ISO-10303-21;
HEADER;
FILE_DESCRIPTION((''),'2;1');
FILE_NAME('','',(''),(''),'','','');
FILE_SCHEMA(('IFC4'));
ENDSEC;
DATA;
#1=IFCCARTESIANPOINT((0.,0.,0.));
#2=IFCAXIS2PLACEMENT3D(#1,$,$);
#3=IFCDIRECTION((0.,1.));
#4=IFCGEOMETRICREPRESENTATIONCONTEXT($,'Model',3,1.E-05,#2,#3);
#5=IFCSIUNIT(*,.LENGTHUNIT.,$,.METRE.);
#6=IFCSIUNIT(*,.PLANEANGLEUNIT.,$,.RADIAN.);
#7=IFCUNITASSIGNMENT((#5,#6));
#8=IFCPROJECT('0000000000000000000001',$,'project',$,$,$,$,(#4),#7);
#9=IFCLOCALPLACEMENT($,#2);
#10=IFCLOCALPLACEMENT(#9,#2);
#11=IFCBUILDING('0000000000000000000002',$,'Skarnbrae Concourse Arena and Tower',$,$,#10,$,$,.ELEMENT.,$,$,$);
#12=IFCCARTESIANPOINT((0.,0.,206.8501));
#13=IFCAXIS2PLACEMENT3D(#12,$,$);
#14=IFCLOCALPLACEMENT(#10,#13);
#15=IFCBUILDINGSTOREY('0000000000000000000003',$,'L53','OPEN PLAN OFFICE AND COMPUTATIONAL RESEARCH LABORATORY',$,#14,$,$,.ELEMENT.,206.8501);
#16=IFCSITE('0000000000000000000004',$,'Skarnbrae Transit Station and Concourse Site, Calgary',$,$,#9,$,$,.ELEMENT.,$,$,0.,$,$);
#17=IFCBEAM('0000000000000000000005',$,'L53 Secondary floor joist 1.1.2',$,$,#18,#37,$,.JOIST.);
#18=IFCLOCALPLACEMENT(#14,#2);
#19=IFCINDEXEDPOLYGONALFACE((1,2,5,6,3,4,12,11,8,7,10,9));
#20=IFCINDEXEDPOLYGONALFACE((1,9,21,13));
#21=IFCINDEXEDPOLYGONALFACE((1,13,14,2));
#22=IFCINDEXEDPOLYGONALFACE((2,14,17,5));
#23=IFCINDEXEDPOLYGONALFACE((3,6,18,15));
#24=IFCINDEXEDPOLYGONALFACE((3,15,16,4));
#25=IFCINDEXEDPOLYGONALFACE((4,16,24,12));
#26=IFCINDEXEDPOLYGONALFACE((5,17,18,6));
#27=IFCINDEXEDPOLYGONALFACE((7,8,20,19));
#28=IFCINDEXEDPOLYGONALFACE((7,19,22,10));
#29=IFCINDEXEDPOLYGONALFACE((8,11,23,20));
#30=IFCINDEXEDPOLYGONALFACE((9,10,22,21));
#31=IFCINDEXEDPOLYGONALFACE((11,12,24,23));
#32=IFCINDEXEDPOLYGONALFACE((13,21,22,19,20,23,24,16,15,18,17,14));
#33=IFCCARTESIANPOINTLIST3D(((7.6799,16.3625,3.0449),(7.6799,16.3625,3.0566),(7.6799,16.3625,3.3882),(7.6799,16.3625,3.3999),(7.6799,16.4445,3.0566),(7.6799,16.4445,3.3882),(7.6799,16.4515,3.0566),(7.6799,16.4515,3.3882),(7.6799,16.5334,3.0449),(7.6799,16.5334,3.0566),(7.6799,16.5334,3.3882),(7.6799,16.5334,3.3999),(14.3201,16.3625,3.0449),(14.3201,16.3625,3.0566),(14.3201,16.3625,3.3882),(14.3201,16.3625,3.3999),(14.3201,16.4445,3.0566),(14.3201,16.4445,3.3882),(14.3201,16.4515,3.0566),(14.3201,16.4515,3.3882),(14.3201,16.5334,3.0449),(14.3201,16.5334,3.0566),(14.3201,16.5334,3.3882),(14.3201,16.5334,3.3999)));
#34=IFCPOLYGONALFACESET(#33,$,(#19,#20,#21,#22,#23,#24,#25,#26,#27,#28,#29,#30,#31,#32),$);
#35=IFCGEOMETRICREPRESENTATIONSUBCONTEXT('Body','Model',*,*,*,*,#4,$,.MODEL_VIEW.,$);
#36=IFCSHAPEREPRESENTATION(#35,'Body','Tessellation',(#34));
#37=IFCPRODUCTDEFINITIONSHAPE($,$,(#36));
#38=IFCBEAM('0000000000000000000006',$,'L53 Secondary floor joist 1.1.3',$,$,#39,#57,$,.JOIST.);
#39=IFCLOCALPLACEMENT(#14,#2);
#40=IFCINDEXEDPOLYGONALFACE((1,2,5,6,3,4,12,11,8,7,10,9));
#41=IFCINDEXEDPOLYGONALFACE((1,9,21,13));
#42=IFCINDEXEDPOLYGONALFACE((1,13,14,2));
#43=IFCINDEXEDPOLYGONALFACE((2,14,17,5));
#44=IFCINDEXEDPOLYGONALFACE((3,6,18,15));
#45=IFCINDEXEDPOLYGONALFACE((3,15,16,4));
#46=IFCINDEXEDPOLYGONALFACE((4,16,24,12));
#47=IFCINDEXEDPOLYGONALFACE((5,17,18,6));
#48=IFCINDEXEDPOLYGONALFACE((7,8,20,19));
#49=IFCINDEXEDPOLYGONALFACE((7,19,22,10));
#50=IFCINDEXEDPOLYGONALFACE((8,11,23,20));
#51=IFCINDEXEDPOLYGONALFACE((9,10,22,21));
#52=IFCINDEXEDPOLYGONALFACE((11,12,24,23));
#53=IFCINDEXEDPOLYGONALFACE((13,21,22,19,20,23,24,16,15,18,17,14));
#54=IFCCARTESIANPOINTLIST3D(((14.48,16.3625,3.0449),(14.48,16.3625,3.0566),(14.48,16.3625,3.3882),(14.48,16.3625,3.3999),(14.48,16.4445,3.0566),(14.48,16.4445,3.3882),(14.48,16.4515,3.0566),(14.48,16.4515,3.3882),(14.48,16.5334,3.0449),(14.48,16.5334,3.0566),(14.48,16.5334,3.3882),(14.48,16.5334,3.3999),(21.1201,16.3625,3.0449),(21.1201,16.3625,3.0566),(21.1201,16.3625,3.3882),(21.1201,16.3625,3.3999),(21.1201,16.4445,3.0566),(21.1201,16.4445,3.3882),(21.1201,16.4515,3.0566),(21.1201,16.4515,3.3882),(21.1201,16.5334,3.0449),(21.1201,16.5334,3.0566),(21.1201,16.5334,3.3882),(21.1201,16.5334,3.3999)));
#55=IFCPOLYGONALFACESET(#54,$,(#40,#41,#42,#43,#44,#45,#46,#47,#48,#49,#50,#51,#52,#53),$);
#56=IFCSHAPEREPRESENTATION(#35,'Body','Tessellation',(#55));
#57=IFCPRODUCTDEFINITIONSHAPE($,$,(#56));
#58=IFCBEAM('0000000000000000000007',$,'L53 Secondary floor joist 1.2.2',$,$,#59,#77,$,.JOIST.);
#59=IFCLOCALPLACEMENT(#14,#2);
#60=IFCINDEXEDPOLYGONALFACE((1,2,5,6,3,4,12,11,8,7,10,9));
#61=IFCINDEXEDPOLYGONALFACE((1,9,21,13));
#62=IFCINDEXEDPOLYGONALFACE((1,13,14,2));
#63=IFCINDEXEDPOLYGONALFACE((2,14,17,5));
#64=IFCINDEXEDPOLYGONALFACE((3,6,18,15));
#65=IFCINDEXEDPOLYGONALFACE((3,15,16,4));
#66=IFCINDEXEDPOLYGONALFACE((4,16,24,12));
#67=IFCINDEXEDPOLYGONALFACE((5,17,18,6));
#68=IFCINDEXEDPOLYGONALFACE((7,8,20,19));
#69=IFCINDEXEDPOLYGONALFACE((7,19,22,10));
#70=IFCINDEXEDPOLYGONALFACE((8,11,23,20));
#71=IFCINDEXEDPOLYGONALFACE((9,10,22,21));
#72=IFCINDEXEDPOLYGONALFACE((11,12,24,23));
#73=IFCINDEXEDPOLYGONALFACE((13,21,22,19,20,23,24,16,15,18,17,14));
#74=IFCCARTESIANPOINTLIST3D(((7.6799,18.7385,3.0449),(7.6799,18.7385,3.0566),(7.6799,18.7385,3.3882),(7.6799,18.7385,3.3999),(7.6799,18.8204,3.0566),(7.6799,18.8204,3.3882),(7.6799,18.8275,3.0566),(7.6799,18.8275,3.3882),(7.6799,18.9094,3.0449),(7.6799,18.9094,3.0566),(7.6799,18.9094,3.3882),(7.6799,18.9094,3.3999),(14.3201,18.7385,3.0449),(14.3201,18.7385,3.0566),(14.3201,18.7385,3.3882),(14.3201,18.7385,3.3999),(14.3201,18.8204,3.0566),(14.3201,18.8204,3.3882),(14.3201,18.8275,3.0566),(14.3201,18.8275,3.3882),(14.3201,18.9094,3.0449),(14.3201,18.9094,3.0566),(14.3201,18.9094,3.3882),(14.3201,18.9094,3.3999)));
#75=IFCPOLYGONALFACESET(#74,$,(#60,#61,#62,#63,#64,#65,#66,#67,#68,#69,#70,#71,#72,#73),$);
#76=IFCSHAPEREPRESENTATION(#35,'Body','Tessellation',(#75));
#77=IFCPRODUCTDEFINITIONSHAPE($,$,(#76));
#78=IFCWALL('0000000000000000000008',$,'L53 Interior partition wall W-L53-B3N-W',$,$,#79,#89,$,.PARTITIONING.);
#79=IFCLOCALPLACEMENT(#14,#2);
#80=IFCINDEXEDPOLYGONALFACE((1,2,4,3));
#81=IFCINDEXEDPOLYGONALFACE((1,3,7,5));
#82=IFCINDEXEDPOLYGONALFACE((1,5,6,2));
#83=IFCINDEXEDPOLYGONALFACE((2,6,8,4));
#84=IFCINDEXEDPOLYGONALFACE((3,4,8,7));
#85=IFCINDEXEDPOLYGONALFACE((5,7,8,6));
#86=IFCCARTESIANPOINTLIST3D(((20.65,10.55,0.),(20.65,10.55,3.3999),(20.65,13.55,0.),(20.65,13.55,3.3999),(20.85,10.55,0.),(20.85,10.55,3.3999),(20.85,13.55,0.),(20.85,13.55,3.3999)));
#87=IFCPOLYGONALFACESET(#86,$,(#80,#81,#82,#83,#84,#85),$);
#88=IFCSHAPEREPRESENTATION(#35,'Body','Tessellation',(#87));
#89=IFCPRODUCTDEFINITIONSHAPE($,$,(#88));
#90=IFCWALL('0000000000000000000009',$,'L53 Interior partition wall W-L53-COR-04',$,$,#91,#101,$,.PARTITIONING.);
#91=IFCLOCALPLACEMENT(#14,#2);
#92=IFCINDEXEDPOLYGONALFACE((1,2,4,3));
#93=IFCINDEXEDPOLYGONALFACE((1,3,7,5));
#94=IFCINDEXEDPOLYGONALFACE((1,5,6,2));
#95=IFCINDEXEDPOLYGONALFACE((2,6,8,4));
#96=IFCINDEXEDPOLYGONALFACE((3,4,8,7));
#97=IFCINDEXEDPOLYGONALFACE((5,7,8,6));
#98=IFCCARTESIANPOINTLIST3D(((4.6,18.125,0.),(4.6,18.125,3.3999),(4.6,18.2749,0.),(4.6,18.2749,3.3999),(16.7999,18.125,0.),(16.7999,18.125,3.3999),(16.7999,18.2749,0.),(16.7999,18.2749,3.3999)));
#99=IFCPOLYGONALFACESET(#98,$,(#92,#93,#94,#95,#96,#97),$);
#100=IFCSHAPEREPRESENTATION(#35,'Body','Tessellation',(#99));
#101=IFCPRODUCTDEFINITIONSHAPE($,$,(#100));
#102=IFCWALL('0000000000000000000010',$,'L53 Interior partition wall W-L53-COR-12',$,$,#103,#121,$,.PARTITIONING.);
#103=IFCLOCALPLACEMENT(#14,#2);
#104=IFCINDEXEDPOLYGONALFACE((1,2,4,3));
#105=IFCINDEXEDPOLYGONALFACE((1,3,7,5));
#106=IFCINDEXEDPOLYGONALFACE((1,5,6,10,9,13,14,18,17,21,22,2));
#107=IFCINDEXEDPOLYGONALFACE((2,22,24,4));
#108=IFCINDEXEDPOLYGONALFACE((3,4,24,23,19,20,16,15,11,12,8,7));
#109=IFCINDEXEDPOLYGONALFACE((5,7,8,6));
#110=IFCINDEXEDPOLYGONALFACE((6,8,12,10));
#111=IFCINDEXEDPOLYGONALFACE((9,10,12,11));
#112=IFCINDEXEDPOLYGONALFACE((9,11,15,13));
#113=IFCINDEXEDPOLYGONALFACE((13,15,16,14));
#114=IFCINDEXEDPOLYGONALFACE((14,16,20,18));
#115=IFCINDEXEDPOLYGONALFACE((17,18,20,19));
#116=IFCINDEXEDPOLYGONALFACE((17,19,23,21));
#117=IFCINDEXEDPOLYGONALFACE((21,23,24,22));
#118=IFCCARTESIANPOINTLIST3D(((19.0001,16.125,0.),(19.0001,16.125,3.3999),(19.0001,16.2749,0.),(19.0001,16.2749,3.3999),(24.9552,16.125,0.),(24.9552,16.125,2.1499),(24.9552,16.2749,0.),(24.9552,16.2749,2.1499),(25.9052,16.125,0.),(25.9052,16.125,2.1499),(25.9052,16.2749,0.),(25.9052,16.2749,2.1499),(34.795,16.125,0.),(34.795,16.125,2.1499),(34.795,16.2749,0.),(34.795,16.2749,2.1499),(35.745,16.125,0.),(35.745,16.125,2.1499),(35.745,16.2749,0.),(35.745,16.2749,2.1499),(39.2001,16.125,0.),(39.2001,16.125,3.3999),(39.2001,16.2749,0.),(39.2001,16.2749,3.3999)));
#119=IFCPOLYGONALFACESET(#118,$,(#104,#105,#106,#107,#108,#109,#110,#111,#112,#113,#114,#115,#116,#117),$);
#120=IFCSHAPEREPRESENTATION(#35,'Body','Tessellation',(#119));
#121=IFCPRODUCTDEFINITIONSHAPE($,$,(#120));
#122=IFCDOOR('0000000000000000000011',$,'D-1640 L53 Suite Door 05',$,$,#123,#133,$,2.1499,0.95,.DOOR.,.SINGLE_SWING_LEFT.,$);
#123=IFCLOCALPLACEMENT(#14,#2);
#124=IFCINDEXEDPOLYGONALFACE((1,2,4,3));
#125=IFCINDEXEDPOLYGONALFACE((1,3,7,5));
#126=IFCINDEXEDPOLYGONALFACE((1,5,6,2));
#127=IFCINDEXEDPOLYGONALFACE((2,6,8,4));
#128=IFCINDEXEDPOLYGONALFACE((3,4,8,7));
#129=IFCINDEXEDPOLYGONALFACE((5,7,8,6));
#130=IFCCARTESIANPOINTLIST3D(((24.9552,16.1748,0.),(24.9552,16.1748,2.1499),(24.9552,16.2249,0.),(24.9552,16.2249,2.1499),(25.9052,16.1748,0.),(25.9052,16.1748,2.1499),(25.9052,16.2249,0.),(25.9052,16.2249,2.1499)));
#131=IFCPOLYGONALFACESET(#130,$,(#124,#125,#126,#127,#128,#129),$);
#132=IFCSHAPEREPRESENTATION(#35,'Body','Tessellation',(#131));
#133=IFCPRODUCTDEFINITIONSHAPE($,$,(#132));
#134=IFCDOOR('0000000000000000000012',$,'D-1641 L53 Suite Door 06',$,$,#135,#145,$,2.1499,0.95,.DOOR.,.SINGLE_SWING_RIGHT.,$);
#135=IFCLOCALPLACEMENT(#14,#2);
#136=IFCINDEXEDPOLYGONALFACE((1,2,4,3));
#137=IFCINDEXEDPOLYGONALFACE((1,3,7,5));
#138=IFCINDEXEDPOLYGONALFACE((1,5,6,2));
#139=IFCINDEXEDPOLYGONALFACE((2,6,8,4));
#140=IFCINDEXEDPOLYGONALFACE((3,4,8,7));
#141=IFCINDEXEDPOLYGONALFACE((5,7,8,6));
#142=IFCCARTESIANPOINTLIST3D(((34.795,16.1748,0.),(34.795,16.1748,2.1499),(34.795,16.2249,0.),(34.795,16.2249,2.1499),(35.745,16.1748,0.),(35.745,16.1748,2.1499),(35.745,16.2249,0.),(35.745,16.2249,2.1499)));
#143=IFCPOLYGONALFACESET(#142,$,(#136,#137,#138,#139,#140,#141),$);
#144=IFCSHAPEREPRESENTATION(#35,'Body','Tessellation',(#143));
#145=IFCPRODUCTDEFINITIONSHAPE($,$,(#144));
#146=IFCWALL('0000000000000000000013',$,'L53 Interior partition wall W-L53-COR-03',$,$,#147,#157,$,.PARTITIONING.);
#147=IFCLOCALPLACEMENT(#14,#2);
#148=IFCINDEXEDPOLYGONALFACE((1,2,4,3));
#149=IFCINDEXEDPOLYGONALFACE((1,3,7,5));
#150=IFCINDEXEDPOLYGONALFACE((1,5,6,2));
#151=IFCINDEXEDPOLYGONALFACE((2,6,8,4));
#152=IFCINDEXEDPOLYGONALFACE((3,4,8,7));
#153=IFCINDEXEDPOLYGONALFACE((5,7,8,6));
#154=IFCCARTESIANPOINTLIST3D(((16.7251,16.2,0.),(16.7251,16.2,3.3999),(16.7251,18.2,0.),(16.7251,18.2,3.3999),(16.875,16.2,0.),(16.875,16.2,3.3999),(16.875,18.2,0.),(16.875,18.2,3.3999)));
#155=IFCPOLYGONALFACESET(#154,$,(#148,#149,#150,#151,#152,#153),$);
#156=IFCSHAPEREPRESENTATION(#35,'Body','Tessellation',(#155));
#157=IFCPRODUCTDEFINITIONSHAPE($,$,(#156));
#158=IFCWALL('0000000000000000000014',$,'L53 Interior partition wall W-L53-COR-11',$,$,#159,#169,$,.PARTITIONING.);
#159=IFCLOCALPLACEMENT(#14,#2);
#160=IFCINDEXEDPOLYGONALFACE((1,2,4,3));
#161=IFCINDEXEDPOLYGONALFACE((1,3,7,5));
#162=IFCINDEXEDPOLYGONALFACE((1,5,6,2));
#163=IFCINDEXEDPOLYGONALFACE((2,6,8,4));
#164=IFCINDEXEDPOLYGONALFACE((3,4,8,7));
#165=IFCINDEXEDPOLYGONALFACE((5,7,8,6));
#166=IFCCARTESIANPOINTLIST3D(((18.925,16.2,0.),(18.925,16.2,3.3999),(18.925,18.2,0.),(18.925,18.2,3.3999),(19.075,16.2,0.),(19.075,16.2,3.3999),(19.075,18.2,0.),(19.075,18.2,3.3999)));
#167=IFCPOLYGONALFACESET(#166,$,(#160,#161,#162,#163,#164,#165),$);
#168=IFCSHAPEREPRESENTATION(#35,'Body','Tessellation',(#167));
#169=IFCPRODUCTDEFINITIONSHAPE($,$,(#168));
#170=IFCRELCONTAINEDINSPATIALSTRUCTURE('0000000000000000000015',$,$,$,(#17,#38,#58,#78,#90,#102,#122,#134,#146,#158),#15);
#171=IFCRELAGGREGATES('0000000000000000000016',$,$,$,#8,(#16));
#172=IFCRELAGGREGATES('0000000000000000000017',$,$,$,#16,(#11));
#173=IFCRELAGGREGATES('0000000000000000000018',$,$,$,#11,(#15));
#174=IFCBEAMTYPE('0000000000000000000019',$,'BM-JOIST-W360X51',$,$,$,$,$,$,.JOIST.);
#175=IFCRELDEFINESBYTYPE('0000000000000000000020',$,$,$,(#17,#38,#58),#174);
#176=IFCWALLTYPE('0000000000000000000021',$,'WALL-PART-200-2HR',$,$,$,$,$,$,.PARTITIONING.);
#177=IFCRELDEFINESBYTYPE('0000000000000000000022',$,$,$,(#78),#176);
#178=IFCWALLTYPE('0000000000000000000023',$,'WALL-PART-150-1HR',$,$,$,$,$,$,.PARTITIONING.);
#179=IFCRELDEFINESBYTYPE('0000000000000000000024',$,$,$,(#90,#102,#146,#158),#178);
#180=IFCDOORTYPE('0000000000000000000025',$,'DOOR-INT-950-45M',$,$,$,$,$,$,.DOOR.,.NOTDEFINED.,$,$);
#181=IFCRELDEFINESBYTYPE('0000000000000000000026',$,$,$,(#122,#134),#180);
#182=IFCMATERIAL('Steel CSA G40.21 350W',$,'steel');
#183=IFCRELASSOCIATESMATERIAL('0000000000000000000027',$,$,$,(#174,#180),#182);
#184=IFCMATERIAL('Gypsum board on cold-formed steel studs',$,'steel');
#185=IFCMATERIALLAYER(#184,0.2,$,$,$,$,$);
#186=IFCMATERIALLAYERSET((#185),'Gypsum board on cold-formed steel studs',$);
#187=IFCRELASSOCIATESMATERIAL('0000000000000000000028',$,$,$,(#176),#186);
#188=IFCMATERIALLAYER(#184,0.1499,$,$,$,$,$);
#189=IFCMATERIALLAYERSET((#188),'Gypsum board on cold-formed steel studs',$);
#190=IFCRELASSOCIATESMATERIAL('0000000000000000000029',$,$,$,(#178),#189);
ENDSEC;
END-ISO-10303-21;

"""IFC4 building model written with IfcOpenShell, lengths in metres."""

from ifc_helpers import new_model, si_unit, direction, frame, frame_2d, origin, origin_2d, place, context, subcontext, project, spatial, rectangle, i_section, extrude, source, transform, mapped, material, layer, layer_set, material_profile, profile_set, type_object, element, fill, save


model = new_model("IFC4")

# Units and contexts
model_context = context("Model", 3, precision=1e-05, world=origin(), true_north=direction((0.0, 1.0)))
body_context = subcontext(model_context, "Body", "Model", "MODEL_VIEW")
ifc_project = project(units=[si_unit("LENGTHUNIT", "METRE"), si_unit("PLANEANGLEUNIT", "RADIAN")], contexts=[model_context])

# Site, building, storey
site_placement = place(None, origin())
site = spatial("IfcSite", under=ifc_project, at=site_placement, Name="Skarnbrae Transit Station and Concourse Site, Calgary", CompositionType="ELEMENT", RefElevation=0.0)
building_placement = place(site_placement, origin())
building = spatial("IfcBuilding", under=site, at=building_placement, Name="Skarnbrae Concourse Arena and Tower", CompositionType="ELEMENT")
storey_placement = place(building_placement, frame((0.0, 0.0, 206.8501)))
storey = spatial("IfcBuildingStorey", under=building, at=storey_placement, Name="L53", Description="OPEN PLAN OFFICE AND COMPUTATIONAL RESEARCH LABORATORY", CompositionType="ELEMENT", Elevation=206.8501)

# Shared definitions
ifc_material_1 = material(Name="Steel CSA G40.21 350W", Category="steel")

# Beams
ifc_material_profile_1 = material_profile(ifc_material_1, i_section(OverallWidth=0.1709, OverallDepth=0.355, WebThickness=0.0071, FlangeThickness=0.0117, at=origin_2d()), Name="W360X51")
ifc_profile_set_1 = profile_set([ifc_material_profile_1], Name="Steel CSA G40.21 350W")
beam_type_1 = type_object("IfcBeamType", Name="BM-JOIST-W360X51", PredefinedType="JOIST", material=ifc_profile_set_1)
shared_shape_1 = source(origin(), body_context, "Body", "SweptSolid", [
    extrude(i_section(OverallWidth=0.1709, OverallDepth=0.355, WebThickness=0.0071, FlangeThickness=0.0117, at=origin_2d()), origin(), (0.0, 0.0, 1.0), 6.6401),
])
for number, where, z_axis, x_axis, name in (
    (1, (7.6799, 16.448, 3.2224), (1.0, 0.0, 0.0), (0.0, 1.0, 0.0), "L53 Secondary floor joist 1.1.2"),
    (2, (14.48, 16.448, 3.2224), (1.0, 0.0, 0.0), (0.0, 1.0, 0.0), "L53 Secondary floor joist 1.1.3"),
    (3, (7.6799, 18.824, 3.2224), (1.0, 0.0, 0.0), (0.0, 1.0, 0.0), "L53 Secondary floor joist 1.2.2"),
):
    element("IfcBeam", number, at=place(storey_placement, frame(where, z_axis=z_axis, x_axis=x_axis)), inside=storey, type_object=beam_type_1, Name=name, PredefinedType="JOIST", context=body_context, shape_type="MappedRepresentation", body=[
        mapped(shared_shape_1, transform((0.0, 0.0, 0.0))),
    ])

# Shared definitions
ifc_material_2 = material(Name="Gypsum board on cold-formed steel studs", Category="steel")
ifc_layer_1 = layer(ifc_material_2, 0.2)
ifc_layer_set_1 = layer_set([ifc_layer_1], Name="Gypsum board on cold-formed steel studs")
wall_type_1 = type_object("IfcWallType", Name="WALL-PART-200-2HR", PredefinedType="PARTITIONING", material=ifc_layer_set_1)

# Walls
shared_shape_2 = source(origin(), body_context, "Body", "SweptSolid", [
    extrude(rectangle(XDim=3.0, YDim=0.2, at=frame_2d((1.5, 0.0))), origin(), (0.0, 0.0, 1.0), 3.3999),
])
wall_1_placement = place(storey_placement, frame((20.75, 10.55, 0.0), z_axis=(0.0, 0.0, 1.0), x_axis=(0.0, 1.0, 0.0)))
element("IfcWall", 4, at=wall_1_placement, inside=storey, type_object=wall_type_1, Name="L53 Interior partition wall W-L53-B3N-W", PredefinedType="PARTITIONING", context=body_context, shape_type="MappedRepresentation", body=[
    mapped(shared_shape_2, transform((0.0, 0.0, 0.0))),
])
ifc_layer_2 = layer(ifc_material_2, 0.1499)
ifc_layer_set_2 = layer_set([ifc_layer_2], Name="Gypsum board on cold-formed steel studs")
wall_type_2 = type_object("IfcWallType", Name="WALL-PART-150-1HR", PredefinedType="PARTITIONING", material=ifc_layer_set_2)
shared_shape_3 = source(origin(), body_context, "Body", "SweptSolid", [
    extrude(rectangle(XDim=12.2, YDim=0.1499, at=frame_2d((6.1001, 0.0))), origin(), (0.0, 0.0, 1.0), 3.3999),
])
wall_2_placement = place(storey_placement, frame((16.8, 18.2, 0.0), z_axis=(0.0, 0.0, 1.0), x_axis=(-1.0, 0.0, 0.0)))
element("IfcWall", 5, at=wall_2_placement, inside=storey, type_object=wall_type_2, Name="L53 Interior partition wall W-L53-COR-04", PredefinedType="PARTITIONING", context=body_context, shape_type="MappedRepresentation", body=[
    mapped(shared_shape_3, transform((0.0, 0.0, 0.0))),
])

# Wall, openings, doors
shared_shape_4 = source(origin(), body_context, "Body", "SweptSolid", [
    extrude(rectangle(XDim=20.2, YDim=0.1499, at=frame_2d((10.1001, 0.0))), origin(), (0.0, 0.0, 1.0), 3.3999),
])
wall_3_placement = place(storey_placement, frame((19.0, 16.2, 0.0), z_axis=(0.0, 0.0, 1.0), x_axis=(1.0, 0.0, 0.0)))
wall_3 = element("IfcWall", 6, at=wall_3_placement, inside=storey, type_object=wall_type_2, Name="L53 Interior partition wall W-L53-COR-12", PredefinedType="PARTITIONING", context=body_context, shape_type="MappedRepresentation", body=[
    mapped(shared_shape_4, transform((0.0, 0.0, 0.0))),
])
opening_1_placement = place(wall_3_placement, frame((5.9551, 0.0, 0.0)))
opening_1 = element("IfcOpeningElement", 7, at=opening_1_placement, cuts=wall_3, PredefinedType="OPENING", context=body_context, shape_type="SweptSolid", body=[
    extrude(rectangle(XDim=0.95, YDim=2.1499, at=frame_2d((0.4751, 1.075))), frame((0.0, 0.085, 0.0), z_axis=(0.0, -1.0, 0.0), x_axis=(1.0, 0.0, 0.0)), (0.0, 0.0, 1.0), 0.1699),
])
opening_2_placement = place(wall_3_placement, frame((15.7949, 0.0, 0.0)))
opening_2 = element("IfcOpeningElement", 8, at=opening_2_placement, cuts=wall_3, PredefinedType="OPENING", context=body_context, shape_type="SweptSolid", body=[
    extrude(rectangle(XDim=0.95, YDim=2.1499, at=frame_2d((0.4751, 1.075))), frame((0.0, 0.085, 0.0), z_axis=(0.0, -1.0, 0.0), x_axis=(1.0, 0.0, 0.0)), (0.0, 0.0, 1.0), 0.1699),
])
door_type_1 = type_object("IfcDoorType", Name="DOOR-INT-950-45M", OperationType="NOTDEFINED", PredefinedType="DOOR", material=ifc_material_1)
shared_shape_5 = source(origin(), body_context, "Body", "SweptSolid", [
    extrude(rectangle(XDim=0.95, YDim=2.1499, at=frame_2d((0.4751, 1.075))), frame((0.0, 0.0249, 0.0), z_axis=(0.0, -1.0, 0.0), x_axis=(1.0, 0.0, 0.0)), (0.0, 0.0, 1.0), 0.05),
])
door_1_placement = place(opening_1_placement, origin())
door_1 = element("IfcDoor", 9, at=door_1_placement, inside=storey, type_object=door_type_1, Name="D-1640 L53 Suite Door 05", OperationType="SINGLE_SWING_LEFT", OverallHeight=2.1499, OverallWidth=0.95, PredefinedType="DOOR", context=body_context, shape_type="MappedRepresentation", body=[
    mapped(shared_shape_5, transform((0.0, 0.0, 0.0))),
])
fill(opening_1, door_1)
door_2_placement = place(opening_2_placement, origin())
door_2 = element("IfcDoor", 10, at=door_2_placement, inside=storey, type_object=door_type_1, Name="D-1641 L53 Suite Door 06", OperationType="SINGLE_SWING_RIGHT", OverallHeight=2.1499, OverallWidth=0.95, PredefinedType="DOOR", context=body_context, shape_type="MappedRepresentation", body=[
    mapped(shared_shape_5, transform((0.0, 0.0, 0.0))),
])
fill(opening_2, door_2)

# Walls
shared_shape_6 = source(origin(), body_context, "Body", "SweptSolid", [
    extrude(rectangle(XDim=2.0, YDim=0.1499, at=frame_2d((1.0, 0.0))), origin(), (0.0, 0.0, 1.0), 3.3999),
])
for number, where, z_axis, x_axis, name in (
    (11, (16.8, 16.2, 0.0), (0.0, 0.0, 1.0), (0.0, 1.0, 0.0), "L53 Interior partition wall W-L53-COR-03"),
    (12, (19.0, 18.2, 0.0), (0.0, 0.0, 1.0), (0.0, -1.0, 0.0), "L53 Interior partition wall W-L53-COR-11"),
):
    element("IfcWall", number, at=place(storey_placement, frame(where, z_axis=z_axis, x_axis=x_axis)), inside=storey, type_object=wall_type_2, Name=name, PredefinedType="PARTITIONING", context=body_context, shape_type="MappedRepresentation", body=[
        mapped(shared_shape_6, transform((0.0, 0.0, 0.0))),
    ])

save(model, "model.ifc")
